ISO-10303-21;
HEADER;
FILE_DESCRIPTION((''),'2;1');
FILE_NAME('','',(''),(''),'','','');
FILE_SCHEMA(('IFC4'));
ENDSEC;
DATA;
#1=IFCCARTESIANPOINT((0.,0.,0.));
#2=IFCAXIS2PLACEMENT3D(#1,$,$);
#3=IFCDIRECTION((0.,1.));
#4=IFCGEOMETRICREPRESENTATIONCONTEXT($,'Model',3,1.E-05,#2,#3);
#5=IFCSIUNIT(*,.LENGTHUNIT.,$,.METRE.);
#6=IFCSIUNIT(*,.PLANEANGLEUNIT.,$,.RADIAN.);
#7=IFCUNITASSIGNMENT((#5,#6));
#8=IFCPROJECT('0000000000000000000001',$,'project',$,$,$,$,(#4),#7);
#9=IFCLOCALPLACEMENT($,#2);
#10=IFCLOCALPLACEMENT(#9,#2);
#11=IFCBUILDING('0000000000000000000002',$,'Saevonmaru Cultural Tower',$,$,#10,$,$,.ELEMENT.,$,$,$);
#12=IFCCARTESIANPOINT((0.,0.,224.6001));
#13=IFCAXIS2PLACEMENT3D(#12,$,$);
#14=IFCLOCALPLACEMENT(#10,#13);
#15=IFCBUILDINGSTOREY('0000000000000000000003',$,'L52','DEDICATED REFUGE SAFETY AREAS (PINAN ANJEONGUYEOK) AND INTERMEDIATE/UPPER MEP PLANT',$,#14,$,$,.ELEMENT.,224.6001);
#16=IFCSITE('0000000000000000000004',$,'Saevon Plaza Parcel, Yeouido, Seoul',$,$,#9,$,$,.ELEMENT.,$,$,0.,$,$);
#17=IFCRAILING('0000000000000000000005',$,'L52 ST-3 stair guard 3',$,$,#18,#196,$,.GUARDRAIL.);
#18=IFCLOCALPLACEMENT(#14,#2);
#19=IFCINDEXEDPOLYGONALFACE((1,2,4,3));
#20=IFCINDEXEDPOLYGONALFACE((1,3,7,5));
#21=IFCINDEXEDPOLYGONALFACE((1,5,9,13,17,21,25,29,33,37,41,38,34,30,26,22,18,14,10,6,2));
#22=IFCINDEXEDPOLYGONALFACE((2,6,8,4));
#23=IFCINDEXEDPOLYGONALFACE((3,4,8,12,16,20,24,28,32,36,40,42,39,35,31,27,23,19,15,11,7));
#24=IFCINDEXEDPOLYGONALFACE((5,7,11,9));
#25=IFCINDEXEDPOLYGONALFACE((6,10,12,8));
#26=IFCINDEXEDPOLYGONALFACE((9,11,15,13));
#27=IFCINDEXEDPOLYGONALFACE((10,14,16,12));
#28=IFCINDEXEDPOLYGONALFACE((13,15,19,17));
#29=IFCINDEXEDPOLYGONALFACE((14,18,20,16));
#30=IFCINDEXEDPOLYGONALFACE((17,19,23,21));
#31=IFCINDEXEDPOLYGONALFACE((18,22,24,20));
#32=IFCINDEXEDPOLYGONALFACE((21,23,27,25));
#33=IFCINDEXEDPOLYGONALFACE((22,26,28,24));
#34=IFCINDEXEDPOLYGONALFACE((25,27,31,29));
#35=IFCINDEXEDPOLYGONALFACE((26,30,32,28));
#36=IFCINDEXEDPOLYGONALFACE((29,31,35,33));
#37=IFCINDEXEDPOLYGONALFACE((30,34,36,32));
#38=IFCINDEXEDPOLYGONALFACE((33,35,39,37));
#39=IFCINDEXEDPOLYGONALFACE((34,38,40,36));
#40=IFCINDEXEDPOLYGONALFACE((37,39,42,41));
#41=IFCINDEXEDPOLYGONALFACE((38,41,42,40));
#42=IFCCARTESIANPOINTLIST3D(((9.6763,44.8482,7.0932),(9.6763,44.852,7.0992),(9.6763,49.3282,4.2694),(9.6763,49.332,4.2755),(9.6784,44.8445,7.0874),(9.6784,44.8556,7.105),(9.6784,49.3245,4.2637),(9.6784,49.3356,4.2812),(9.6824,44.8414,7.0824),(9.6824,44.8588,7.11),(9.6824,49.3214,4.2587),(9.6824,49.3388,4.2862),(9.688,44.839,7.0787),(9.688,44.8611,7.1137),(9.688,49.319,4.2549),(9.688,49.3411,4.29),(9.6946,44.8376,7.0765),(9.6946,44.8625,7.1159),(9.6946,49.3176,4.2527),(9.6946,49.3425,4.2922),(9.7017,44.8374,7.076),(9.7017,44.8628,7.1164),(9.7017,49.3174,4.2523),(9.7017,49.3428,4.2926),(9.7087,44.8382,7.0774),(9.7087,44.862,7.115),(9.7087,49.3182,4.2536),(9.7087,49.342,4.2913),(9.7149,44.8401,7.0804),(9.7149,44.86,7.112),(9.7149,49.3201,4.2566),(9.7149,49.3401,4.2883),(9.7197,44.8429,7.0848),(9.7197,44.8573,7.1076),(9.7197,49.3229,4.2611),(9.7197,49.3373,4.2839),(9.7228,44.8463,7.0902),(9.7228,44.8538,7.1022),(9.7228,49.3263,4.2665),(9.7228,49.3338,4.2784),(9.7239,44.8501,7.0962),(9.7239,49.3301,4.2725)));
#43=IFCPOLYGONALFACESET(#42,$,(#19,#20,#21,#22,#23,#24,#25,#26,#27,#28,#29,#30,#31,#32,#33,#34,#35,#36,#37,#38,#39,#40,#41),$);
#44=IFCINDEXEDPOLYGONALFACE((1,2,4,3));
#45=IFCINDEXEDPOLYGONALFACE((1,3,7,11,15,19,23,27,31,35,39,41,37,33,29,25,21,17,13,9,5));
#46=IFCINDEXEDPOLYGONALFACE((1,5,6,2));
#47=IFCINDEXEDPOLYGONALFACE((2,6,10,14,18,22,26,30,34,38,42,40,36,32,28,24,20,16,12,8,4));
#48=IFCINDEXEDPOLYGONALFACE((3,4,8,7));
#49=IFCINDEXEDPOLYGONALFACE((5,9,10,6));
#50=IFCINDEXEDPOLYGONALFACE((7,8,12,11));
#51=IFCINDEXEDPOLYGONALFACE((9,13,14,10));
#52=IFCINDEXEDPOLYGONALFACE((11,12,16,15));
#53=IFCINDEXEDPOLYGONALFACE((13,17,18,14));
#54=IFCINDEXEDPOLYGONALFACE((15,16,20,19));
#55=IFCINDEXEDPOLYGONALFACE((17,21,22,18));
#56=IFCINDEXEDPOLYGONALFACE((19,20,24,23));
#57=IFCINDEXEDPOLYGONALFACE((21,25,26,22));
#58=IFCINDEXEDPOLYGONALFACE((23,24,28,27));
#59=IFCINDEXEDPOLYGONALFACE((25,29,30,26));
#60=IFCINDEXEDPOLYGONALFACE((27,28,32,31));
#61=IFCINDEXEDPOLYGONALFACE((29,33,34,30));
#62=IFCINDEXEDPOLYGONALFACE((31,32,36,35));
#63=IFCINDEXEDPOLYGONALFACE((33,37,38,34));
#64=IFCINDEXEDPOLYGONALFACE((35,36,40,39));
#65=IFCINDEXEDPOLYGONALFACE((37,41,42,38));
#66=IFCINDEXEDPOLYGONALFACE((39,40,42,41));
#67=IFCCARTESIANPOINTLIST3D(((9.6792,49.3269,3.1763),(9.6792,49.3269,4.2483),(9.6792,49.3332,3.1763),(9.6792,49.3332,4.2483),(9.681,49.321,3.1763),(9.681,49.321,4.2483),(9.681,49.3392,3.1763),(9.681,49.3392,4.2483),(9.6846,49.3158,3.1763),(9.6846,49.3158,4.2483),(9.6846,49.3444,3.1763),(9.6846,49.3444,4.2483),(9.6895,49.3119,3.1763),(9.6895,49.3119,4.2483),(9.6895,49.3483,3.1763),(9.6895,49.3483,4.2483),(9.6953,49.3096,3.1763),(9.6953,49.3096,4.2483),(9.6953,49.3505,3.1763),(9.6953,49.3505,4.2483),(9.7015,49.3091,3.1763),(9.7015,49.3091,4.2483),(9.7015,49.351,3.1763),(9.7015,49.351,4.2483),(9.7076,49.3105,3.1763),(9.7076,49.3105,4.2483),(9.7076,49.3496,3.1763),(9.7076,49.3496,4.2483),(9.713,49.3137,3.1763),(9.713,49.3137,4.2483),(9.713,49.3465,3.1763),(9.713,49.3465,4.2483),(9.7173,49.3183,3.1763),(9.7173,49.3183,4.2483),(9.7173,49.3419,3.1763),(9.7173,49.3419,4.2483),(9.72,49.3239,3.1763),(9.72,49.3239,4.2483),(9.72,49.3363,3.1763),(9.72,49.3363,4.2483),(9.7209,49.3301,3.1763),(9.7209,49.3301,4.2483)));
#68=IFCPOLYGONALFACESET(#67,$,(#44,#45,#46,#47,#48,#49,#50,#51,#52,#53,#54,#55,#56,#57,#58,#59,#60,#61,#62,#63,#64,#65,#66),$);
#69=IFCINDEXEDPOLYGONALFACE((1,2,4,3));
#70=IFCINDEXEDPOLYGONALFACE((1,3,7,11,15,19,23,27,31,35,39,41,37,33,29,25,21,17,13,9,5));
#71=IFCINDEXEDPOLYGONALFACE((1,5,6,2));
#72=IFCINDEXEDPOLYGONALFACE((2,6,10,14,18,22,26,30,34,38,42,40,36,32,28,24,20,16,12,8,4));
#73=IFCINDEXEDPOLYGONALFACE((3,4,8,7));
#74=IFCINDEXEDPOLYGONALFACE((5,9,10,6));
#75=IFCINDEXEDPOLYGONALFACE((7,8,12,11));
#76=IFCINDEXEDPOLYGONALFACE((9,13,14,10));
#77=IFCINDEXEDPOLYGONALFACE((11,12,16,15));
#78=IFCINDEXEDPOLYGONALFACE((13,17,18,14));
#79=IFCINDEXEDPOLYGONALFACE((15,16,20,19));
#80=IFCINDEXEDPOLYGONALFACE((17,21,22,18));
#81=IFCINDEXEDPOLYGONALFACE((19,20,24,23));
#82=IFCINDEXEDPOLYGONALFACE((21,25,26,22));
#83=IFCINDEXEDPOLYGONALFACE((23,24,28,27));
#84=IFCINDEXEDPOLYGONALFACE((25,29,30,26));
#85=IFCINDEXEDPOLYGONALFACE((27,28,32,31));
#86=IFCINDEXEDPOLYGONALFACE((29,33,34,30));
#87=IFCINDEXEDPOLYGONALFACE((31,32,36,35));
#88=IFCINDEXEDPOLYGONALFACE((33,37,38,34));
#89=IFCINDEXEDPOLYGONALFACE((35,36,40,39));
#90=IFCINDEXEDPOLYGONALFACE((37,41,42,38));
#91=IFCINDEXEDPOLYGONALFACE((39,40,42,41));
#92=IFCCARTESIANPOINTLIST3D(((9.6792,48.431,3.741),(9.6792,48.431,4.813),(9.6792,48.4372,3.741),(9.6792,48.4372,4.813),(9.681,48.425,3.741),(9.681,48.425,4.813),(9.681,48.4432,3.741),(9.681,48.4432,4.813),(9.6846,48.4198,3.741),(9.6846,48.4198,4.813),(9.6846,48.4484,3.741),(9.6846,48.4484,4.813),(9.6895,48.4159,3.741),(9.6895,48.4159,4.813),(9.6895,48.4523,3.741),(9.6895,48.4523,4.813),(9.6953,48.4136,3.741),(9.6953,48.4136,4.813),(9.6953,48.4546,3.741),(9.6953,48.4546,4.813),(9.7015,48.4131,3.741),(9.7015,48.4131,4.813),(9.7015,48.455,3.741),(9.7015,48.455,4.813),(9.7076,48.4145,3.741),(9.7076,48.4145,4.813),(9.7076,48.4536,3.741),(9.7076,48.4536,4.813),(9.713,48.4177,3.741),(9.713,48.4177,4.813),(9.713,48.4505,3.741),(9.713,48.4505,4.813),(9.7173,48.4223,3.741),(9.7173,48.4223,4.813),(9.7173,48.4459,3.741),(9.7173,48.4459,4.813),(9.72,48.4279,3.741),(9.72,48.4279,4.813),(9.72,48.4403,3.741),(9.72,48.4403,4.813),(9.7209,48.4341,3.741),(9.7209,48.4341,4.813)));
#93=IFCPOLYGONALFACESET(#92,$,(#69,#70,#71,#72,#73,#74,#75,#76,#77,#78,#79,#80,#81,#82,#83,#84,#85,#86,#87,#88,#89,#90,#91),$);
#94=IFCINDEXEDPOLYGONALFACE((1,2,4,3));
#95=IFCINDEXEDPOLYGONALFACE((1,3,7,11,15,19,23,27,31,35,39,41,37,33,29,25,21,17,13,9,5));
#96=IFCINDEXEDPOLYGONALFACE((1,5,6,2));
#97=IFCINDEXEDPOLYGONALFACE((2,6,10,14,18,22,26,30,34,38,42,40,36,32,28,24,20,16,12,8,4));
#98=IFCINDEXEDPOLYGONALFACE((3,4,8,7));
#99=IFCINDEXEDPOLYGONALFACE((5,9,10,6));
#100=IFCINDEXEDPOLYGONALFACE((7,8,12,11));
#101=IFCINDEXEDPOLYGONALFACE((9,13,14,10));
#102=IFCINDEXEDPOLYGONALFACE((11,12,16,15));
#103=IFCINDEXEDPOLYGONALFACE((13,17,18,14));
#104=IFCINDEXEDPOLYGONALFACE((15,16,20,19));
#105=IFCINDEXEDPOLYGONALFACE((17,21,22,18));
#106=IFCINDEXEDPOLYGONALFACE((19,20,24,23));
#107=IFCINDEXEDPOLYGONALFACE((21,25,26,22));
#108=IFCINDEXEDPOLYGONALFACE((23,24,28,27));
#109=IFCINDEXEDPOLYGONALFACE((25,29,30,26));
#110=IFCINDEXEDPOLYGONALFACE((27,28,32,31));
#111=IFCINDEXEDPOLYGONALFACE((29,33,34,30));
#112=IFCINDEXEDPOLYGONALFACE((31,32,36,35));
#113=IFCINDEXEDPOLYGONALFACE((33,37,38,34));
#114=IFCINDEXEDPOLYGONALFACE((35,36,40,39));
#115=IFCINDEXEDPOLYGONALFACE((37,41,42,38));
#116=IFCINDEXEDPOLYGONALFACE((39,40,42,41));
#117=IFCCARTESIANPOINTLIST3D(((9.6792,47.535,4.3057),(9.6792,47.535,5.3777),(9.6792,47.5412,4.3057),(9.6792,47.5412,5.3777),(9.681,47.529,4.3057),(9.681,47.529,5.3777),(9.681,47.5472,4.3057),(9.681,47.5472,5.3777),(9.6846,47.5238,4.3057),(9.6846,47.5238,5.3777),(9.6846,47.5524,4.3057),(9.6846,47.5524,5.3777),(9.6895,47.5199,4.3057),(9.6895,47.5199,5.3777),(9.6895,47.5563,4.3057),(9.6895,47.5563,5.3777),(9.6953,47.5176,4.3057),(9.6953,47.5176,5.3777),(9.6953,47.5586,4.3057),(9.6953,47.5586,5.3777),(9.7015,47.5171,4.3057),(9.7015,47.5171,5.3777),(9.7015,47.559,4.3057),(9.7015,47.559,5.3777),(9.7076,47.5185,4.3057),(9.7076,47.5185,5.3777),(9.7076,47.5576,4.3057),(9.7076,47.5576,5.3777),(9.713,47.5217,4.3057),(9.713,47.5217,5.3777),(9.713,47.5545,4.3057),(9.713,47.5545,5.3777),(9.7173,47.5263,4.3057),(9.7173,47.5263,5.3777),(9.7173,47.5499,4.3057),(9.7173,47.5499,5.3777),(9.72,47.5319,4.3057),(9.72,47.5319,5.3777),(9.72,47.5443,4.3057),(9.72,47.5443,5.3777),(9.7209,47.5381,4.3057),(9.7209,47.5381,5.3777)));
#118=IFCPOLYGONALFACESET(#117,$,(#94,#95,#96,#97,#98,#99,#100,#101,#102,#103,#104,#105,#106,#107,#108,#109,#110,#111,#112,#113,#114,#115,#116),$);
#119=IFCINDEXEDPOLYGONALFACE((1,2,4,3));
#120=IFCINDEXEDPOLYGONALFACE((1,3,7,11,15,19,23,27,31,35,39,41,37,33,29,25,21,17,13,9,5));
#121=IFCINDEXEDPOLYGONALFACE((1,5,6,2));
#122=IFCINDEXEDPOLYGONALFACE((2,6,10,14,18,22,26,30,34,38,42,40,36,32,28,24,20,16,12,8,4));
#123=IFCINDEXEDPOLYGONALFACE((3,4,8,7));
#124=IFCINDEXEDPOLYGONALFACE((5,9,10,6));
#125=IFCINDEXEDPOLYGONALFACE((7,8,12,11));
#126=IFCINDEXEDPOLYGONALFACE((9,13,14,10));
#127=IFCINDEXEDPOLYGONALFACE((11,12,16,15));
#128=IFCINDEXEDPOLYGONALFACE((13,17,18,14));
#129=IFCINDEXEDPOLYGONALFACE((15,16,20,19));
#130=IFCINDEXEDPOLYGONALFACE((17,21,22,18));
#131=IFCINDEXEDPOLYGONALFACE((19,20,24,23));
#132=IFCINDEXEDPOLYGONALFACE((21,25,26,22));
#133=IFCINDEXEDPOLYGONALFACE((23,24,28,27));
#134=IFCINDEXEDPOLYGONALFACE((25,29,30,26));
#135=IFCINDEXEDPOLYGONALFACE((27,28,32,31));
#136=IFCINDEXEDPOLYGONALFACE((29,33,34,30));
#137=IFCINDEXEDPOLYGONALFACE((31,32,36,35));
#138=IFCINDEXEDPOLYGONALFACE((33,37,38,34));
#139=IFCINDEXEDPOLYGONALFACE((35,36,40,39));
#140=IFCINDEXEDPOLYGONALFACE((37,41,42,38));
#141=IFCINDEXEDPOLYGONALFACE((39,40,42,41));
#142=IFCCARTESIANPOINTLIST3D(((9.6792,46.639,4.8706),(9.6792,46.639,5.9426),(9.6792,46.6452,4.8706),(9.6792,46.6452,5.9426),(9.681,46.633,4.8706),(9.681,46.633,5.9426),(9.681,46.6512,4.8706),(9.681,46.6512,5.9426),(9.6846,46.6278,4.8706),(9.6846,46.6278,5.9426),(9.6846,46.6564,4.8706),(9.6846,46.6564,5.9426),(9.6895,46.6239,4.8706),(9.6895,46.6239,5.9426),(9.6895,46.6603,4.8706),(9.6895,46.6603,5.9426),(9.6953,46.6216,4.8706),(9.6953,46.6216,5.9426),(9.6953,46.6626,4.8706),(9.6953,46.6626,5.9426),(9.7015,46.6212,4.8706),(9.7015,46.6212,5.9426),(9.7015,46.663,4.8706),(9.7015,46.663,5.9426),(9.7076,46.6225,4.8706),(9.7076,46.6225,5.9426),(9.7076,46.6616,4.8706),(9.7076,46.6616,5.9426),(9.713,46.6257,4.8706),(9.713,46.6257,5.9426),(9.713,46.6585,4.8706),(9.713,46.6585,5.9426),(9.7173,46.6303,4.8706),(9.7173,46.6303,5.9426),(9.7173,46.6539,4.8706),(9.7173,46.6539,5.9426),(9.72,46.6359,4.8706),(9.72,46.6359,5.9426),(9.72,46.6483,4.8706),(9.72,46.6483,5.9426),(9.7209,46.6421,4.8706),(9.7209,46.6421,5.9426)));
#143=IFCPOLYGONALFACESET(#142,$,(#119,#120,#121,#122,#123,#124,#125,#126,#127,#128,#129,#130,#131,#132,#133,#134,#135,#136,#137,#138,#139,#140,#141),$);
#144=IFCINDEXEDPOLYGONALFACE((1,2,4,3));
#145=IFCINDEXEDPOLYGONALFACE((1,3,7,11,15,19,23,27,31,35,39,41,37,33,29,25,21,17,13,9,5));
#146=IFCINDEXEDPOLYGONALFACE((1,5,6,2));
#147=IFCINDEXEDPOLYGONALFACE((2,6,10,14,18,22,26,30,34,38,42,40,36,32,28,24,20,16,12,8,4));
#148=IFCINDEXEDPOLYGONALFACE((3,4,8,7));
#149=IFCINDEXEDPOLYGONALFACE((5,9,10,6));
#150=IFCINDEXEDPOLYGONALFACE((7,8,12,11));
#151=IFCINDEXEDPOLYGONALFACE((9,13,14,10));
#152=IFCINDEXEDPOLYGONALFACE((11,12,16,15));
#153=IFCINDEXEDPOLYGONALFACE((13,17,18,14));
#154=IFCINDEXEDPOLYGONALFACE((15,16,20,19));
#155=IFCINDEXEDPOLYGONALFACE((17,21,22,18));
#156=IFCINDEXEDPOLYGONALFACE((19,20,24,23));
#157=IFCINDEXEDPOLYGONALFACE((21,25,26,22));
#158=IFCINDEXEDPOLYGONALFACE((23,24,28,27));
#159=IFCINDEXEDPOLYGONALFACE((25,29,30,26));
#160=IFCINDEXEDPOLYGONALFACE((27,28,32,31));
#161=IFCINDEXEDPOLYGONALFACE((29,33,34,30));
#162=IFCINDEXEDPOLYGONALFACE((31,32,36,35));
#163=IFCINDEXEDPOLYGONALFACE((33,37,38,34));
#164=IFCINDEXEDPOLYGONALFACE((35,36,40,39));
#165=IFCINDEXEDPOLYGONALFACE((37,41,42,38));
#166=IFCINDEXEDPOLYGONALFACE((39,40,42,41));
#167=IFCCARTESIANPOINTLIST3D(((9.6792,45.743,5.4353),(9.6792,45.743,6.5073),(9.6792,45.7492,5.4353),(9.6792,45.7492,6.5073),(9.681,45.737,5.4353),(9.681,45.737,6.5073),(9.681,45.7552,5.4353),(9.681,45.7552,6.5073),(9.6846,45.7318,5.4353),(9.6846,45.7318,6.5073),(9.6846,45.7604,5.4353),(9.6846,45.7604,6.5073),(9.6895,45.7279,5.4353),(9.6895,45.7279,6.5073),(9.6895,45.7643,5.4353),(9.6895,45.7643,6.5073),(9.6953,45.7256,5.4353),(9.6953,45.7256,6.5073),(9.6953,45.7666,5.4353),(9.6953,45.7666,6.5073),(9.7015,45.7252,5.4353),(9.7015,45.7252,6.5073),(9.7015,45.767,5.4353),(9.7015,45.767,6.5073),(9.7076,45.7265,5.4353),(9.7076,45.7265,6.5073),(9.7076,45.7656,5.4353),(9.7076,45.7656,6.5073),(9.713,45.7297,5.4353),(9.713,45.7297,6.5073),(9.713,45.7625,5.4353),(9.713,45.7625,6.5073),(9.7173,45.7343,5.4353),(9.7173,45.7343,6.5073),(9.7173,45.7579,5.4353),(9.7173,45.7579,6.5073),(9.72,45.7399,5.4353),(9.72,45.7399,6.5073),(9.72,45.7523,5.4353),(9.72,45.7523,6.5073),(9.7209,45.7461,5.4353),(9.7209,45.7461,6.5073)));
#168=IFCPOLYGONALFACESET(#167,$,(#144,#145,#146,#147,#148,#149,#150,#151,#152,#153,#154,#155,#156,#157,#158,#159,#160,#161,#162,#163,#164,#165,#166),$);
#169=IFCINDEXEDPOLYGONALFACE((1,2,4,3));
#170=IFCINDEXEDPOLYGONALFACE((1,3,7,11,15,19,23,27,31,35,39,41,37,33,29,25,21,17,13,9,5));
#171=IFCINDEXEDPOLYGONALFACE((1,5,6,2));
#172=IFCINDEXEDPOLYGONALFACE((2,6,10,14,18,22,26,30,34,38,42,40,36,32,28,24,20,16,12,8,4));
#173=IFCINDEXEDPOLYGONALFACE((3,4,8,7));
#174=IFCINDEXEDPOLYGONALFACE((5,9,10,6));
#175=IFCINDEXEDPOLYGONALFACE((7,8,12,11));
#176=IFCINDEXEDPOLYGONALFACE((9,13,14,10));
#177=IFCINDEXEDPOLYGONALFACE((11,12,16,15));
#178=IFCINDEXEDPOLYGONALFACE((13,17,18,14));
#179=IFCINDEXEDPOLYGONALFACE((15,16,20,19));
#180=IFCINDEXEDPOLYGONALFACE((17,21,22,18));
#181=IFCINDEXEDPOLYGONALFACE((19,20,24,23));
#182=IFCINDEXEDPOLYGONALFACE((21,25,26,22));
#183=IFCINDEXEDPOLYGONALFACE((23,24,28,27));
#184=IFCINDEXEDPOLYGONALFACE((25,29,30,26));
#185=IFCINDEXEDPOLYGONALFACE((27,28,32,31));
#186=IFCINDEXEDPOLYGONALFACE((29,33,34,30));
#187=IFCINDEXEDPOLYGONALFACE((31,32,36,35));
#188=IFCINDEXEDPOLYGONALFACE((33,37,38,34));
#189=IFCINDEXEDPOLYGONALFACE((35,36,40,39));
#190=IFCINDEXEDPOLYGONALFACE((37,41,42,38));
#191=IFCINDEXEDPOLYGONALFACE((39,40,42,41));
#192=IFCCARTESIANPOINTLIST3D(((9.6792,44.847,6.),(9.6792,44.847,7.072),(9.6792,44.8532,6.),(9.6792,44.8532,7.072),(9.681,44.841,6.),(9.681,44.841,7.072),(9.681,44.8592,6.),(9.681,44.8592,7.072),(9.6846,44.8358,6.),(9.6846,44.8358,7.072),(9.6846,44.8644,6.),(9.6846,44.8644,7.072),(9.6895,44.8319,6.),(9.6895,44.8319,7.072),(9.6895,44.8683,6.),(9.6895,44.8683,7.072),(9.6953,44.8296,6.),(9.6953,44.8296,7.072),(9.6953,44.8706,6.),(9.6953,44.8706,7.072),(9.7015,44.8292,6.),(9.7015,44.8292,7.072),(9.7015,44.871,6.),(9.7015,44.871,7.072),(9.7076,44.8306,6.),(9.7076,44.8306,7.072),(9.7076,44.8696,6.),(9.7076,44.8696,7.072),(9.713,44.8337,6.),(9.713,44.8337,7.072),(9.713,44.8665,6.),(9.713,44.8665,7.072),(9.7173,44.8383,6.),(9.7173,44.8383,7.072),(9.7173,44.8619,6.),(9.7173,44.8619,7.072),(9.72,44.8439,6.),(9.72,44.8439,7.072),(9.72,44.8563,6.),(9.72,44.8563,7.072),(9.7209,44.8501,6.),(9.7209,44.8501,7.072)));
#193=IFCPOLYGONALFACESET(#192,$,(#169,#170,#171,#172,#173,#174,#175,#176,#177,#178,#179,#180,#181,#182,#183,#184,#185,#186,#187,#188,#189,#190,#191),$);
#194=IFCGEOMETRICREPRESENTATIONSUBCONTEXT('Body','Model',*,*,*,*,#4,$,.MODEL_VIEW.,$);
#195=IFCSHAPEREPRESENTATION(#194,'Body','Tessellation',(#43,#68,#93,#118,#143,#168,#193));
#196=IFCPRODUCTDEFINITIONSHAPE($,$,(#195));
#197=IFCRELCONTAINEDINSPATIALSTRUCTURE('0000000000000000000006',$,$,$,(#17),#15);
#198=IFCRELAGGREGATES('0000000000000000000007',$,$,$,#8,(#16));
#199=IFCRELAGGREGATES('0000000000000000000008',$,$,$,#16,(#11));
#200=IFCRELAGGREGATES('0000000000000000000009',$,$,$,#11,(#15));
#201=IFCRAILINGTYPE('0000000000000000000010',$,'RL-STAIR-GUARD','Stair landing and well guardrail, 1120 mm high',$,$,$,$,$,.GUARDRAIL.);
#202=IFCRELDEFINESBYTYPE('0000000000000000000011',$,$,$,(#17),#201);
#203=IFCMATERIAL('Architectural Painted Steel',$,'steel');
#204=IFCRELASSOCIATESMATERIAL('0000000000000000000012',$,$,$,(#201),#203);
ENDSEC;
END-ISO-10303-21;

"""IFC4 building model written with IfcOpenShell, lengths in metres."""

from ifc_helpers import new_model, si_unit, direction, frame, origin, origin_2d, place, context, subcontext, project, spatial, circle, extrude, material, type_object, element, save


model = new_model("IFC4")

# Units and contexts
model_context = context("Model", 3, precision=1e-05, world=origin(), true_north=direction((0.0, 1.0)))
body_context = subcontext(model_context, "Body", "Model", "MODEL_VIEW")
ifc_project = project(units=[si_unit("LENGTHUNIT", "METRE"), si_unit("PLANEANGLEUNIT", "RADIAN")], contexts=[model_context])

# Site, building, storey
site_placement = place(None, origin())
site = spatial("IfcSite", under=ifc_project, at=site_placement, Name="Saevon Plaza Parcel, Yeouido, Seoul", CompositionType="ELEMENT", RefElevation=0.0)
building_placement = place(site_placement, origin())
building = spatial("IfcBuilding", under=site, at=building_placement, Name="Saevonmaru Cultural Tower", CompositionType="ELEMENT")
storey_placement = place(building_placement, frame((0.0, 0.0, 224.6001)))
storey = spatial("IfcBuildingStorey", under=building, at=storey_placement, Name="L52", Description="DEDICATED REFUGE SAFETY AREAS (PINAN ANJEONGUYEOK) AND INTERMEDIATE/UPPER MEP PLANT", CompositionType="ELEMENT", Elevation=224.6001)

# Railing
ifc_material_1 = material(Name="Architectural Painted Steel", Category="steel")
railing_type_1 = type_object("IfcRailingType", Name="RL-STAIR-GUARD", Description="Stair landing and well guardrail, 1120 mm high", PredefinedType="GUARDRAIL", material=ifc_material_1)
railing_1_placement = place(storey_placement, frame((9.7, 49.3301, 3.1763)))
element("IfcRailing", 1, at=railing_1_placement, inside=storey, type_object=railing_type_1, Name="L52 ST-3 stair guard 3", PredefinedType="GUARDRAIL", context=body_context, shape_type="SweptSolid", body=[
    extrude(circle(Radius=0.0239, at=origin_2d()), frame((0.0, 0.0, 1.0962), z_axis=(0.0, -0.845977, 0.533219), x_axis=(1.0, 0.0, 0.0)), (0.0, 0.0, 1.0), 5.2957),
    extrude(circle(Radius=0.021, at=origin_2d()), origin(), (0.0, 0.0, 1.0), 1.072),
    extrude(circle(Radius=0.021, at=origin_2d()), frame((0.0, -0.896, 0.5647)), (0.0, 0.0, 1.0), 1.072),
    extrude(circle(Radius=0.021, at=origin_2d()), frame((0.0, -1.792, 1.1294)), (0.0, 0.0, 1.0), 1.072),
    extrude(circle(Radius=0.021, at=origin_2d()), frame((0.0, -2.688, 1.6943)), (0.0, 0.0, 1.0), 1.072),
    extrude(circle(Radius=0.021, at=origin_2d()), frame((0.0, -3.584, 2.259)), (0.0, 0.0, 1.0), 1.072),
    extrude(circle(Radius=0.021, at=origin_2d()), frame((0.0, -4.48, 2.8237)), (0.0, 0.0, 1.0), 1.072),
])

save(model, "model.ifc")
